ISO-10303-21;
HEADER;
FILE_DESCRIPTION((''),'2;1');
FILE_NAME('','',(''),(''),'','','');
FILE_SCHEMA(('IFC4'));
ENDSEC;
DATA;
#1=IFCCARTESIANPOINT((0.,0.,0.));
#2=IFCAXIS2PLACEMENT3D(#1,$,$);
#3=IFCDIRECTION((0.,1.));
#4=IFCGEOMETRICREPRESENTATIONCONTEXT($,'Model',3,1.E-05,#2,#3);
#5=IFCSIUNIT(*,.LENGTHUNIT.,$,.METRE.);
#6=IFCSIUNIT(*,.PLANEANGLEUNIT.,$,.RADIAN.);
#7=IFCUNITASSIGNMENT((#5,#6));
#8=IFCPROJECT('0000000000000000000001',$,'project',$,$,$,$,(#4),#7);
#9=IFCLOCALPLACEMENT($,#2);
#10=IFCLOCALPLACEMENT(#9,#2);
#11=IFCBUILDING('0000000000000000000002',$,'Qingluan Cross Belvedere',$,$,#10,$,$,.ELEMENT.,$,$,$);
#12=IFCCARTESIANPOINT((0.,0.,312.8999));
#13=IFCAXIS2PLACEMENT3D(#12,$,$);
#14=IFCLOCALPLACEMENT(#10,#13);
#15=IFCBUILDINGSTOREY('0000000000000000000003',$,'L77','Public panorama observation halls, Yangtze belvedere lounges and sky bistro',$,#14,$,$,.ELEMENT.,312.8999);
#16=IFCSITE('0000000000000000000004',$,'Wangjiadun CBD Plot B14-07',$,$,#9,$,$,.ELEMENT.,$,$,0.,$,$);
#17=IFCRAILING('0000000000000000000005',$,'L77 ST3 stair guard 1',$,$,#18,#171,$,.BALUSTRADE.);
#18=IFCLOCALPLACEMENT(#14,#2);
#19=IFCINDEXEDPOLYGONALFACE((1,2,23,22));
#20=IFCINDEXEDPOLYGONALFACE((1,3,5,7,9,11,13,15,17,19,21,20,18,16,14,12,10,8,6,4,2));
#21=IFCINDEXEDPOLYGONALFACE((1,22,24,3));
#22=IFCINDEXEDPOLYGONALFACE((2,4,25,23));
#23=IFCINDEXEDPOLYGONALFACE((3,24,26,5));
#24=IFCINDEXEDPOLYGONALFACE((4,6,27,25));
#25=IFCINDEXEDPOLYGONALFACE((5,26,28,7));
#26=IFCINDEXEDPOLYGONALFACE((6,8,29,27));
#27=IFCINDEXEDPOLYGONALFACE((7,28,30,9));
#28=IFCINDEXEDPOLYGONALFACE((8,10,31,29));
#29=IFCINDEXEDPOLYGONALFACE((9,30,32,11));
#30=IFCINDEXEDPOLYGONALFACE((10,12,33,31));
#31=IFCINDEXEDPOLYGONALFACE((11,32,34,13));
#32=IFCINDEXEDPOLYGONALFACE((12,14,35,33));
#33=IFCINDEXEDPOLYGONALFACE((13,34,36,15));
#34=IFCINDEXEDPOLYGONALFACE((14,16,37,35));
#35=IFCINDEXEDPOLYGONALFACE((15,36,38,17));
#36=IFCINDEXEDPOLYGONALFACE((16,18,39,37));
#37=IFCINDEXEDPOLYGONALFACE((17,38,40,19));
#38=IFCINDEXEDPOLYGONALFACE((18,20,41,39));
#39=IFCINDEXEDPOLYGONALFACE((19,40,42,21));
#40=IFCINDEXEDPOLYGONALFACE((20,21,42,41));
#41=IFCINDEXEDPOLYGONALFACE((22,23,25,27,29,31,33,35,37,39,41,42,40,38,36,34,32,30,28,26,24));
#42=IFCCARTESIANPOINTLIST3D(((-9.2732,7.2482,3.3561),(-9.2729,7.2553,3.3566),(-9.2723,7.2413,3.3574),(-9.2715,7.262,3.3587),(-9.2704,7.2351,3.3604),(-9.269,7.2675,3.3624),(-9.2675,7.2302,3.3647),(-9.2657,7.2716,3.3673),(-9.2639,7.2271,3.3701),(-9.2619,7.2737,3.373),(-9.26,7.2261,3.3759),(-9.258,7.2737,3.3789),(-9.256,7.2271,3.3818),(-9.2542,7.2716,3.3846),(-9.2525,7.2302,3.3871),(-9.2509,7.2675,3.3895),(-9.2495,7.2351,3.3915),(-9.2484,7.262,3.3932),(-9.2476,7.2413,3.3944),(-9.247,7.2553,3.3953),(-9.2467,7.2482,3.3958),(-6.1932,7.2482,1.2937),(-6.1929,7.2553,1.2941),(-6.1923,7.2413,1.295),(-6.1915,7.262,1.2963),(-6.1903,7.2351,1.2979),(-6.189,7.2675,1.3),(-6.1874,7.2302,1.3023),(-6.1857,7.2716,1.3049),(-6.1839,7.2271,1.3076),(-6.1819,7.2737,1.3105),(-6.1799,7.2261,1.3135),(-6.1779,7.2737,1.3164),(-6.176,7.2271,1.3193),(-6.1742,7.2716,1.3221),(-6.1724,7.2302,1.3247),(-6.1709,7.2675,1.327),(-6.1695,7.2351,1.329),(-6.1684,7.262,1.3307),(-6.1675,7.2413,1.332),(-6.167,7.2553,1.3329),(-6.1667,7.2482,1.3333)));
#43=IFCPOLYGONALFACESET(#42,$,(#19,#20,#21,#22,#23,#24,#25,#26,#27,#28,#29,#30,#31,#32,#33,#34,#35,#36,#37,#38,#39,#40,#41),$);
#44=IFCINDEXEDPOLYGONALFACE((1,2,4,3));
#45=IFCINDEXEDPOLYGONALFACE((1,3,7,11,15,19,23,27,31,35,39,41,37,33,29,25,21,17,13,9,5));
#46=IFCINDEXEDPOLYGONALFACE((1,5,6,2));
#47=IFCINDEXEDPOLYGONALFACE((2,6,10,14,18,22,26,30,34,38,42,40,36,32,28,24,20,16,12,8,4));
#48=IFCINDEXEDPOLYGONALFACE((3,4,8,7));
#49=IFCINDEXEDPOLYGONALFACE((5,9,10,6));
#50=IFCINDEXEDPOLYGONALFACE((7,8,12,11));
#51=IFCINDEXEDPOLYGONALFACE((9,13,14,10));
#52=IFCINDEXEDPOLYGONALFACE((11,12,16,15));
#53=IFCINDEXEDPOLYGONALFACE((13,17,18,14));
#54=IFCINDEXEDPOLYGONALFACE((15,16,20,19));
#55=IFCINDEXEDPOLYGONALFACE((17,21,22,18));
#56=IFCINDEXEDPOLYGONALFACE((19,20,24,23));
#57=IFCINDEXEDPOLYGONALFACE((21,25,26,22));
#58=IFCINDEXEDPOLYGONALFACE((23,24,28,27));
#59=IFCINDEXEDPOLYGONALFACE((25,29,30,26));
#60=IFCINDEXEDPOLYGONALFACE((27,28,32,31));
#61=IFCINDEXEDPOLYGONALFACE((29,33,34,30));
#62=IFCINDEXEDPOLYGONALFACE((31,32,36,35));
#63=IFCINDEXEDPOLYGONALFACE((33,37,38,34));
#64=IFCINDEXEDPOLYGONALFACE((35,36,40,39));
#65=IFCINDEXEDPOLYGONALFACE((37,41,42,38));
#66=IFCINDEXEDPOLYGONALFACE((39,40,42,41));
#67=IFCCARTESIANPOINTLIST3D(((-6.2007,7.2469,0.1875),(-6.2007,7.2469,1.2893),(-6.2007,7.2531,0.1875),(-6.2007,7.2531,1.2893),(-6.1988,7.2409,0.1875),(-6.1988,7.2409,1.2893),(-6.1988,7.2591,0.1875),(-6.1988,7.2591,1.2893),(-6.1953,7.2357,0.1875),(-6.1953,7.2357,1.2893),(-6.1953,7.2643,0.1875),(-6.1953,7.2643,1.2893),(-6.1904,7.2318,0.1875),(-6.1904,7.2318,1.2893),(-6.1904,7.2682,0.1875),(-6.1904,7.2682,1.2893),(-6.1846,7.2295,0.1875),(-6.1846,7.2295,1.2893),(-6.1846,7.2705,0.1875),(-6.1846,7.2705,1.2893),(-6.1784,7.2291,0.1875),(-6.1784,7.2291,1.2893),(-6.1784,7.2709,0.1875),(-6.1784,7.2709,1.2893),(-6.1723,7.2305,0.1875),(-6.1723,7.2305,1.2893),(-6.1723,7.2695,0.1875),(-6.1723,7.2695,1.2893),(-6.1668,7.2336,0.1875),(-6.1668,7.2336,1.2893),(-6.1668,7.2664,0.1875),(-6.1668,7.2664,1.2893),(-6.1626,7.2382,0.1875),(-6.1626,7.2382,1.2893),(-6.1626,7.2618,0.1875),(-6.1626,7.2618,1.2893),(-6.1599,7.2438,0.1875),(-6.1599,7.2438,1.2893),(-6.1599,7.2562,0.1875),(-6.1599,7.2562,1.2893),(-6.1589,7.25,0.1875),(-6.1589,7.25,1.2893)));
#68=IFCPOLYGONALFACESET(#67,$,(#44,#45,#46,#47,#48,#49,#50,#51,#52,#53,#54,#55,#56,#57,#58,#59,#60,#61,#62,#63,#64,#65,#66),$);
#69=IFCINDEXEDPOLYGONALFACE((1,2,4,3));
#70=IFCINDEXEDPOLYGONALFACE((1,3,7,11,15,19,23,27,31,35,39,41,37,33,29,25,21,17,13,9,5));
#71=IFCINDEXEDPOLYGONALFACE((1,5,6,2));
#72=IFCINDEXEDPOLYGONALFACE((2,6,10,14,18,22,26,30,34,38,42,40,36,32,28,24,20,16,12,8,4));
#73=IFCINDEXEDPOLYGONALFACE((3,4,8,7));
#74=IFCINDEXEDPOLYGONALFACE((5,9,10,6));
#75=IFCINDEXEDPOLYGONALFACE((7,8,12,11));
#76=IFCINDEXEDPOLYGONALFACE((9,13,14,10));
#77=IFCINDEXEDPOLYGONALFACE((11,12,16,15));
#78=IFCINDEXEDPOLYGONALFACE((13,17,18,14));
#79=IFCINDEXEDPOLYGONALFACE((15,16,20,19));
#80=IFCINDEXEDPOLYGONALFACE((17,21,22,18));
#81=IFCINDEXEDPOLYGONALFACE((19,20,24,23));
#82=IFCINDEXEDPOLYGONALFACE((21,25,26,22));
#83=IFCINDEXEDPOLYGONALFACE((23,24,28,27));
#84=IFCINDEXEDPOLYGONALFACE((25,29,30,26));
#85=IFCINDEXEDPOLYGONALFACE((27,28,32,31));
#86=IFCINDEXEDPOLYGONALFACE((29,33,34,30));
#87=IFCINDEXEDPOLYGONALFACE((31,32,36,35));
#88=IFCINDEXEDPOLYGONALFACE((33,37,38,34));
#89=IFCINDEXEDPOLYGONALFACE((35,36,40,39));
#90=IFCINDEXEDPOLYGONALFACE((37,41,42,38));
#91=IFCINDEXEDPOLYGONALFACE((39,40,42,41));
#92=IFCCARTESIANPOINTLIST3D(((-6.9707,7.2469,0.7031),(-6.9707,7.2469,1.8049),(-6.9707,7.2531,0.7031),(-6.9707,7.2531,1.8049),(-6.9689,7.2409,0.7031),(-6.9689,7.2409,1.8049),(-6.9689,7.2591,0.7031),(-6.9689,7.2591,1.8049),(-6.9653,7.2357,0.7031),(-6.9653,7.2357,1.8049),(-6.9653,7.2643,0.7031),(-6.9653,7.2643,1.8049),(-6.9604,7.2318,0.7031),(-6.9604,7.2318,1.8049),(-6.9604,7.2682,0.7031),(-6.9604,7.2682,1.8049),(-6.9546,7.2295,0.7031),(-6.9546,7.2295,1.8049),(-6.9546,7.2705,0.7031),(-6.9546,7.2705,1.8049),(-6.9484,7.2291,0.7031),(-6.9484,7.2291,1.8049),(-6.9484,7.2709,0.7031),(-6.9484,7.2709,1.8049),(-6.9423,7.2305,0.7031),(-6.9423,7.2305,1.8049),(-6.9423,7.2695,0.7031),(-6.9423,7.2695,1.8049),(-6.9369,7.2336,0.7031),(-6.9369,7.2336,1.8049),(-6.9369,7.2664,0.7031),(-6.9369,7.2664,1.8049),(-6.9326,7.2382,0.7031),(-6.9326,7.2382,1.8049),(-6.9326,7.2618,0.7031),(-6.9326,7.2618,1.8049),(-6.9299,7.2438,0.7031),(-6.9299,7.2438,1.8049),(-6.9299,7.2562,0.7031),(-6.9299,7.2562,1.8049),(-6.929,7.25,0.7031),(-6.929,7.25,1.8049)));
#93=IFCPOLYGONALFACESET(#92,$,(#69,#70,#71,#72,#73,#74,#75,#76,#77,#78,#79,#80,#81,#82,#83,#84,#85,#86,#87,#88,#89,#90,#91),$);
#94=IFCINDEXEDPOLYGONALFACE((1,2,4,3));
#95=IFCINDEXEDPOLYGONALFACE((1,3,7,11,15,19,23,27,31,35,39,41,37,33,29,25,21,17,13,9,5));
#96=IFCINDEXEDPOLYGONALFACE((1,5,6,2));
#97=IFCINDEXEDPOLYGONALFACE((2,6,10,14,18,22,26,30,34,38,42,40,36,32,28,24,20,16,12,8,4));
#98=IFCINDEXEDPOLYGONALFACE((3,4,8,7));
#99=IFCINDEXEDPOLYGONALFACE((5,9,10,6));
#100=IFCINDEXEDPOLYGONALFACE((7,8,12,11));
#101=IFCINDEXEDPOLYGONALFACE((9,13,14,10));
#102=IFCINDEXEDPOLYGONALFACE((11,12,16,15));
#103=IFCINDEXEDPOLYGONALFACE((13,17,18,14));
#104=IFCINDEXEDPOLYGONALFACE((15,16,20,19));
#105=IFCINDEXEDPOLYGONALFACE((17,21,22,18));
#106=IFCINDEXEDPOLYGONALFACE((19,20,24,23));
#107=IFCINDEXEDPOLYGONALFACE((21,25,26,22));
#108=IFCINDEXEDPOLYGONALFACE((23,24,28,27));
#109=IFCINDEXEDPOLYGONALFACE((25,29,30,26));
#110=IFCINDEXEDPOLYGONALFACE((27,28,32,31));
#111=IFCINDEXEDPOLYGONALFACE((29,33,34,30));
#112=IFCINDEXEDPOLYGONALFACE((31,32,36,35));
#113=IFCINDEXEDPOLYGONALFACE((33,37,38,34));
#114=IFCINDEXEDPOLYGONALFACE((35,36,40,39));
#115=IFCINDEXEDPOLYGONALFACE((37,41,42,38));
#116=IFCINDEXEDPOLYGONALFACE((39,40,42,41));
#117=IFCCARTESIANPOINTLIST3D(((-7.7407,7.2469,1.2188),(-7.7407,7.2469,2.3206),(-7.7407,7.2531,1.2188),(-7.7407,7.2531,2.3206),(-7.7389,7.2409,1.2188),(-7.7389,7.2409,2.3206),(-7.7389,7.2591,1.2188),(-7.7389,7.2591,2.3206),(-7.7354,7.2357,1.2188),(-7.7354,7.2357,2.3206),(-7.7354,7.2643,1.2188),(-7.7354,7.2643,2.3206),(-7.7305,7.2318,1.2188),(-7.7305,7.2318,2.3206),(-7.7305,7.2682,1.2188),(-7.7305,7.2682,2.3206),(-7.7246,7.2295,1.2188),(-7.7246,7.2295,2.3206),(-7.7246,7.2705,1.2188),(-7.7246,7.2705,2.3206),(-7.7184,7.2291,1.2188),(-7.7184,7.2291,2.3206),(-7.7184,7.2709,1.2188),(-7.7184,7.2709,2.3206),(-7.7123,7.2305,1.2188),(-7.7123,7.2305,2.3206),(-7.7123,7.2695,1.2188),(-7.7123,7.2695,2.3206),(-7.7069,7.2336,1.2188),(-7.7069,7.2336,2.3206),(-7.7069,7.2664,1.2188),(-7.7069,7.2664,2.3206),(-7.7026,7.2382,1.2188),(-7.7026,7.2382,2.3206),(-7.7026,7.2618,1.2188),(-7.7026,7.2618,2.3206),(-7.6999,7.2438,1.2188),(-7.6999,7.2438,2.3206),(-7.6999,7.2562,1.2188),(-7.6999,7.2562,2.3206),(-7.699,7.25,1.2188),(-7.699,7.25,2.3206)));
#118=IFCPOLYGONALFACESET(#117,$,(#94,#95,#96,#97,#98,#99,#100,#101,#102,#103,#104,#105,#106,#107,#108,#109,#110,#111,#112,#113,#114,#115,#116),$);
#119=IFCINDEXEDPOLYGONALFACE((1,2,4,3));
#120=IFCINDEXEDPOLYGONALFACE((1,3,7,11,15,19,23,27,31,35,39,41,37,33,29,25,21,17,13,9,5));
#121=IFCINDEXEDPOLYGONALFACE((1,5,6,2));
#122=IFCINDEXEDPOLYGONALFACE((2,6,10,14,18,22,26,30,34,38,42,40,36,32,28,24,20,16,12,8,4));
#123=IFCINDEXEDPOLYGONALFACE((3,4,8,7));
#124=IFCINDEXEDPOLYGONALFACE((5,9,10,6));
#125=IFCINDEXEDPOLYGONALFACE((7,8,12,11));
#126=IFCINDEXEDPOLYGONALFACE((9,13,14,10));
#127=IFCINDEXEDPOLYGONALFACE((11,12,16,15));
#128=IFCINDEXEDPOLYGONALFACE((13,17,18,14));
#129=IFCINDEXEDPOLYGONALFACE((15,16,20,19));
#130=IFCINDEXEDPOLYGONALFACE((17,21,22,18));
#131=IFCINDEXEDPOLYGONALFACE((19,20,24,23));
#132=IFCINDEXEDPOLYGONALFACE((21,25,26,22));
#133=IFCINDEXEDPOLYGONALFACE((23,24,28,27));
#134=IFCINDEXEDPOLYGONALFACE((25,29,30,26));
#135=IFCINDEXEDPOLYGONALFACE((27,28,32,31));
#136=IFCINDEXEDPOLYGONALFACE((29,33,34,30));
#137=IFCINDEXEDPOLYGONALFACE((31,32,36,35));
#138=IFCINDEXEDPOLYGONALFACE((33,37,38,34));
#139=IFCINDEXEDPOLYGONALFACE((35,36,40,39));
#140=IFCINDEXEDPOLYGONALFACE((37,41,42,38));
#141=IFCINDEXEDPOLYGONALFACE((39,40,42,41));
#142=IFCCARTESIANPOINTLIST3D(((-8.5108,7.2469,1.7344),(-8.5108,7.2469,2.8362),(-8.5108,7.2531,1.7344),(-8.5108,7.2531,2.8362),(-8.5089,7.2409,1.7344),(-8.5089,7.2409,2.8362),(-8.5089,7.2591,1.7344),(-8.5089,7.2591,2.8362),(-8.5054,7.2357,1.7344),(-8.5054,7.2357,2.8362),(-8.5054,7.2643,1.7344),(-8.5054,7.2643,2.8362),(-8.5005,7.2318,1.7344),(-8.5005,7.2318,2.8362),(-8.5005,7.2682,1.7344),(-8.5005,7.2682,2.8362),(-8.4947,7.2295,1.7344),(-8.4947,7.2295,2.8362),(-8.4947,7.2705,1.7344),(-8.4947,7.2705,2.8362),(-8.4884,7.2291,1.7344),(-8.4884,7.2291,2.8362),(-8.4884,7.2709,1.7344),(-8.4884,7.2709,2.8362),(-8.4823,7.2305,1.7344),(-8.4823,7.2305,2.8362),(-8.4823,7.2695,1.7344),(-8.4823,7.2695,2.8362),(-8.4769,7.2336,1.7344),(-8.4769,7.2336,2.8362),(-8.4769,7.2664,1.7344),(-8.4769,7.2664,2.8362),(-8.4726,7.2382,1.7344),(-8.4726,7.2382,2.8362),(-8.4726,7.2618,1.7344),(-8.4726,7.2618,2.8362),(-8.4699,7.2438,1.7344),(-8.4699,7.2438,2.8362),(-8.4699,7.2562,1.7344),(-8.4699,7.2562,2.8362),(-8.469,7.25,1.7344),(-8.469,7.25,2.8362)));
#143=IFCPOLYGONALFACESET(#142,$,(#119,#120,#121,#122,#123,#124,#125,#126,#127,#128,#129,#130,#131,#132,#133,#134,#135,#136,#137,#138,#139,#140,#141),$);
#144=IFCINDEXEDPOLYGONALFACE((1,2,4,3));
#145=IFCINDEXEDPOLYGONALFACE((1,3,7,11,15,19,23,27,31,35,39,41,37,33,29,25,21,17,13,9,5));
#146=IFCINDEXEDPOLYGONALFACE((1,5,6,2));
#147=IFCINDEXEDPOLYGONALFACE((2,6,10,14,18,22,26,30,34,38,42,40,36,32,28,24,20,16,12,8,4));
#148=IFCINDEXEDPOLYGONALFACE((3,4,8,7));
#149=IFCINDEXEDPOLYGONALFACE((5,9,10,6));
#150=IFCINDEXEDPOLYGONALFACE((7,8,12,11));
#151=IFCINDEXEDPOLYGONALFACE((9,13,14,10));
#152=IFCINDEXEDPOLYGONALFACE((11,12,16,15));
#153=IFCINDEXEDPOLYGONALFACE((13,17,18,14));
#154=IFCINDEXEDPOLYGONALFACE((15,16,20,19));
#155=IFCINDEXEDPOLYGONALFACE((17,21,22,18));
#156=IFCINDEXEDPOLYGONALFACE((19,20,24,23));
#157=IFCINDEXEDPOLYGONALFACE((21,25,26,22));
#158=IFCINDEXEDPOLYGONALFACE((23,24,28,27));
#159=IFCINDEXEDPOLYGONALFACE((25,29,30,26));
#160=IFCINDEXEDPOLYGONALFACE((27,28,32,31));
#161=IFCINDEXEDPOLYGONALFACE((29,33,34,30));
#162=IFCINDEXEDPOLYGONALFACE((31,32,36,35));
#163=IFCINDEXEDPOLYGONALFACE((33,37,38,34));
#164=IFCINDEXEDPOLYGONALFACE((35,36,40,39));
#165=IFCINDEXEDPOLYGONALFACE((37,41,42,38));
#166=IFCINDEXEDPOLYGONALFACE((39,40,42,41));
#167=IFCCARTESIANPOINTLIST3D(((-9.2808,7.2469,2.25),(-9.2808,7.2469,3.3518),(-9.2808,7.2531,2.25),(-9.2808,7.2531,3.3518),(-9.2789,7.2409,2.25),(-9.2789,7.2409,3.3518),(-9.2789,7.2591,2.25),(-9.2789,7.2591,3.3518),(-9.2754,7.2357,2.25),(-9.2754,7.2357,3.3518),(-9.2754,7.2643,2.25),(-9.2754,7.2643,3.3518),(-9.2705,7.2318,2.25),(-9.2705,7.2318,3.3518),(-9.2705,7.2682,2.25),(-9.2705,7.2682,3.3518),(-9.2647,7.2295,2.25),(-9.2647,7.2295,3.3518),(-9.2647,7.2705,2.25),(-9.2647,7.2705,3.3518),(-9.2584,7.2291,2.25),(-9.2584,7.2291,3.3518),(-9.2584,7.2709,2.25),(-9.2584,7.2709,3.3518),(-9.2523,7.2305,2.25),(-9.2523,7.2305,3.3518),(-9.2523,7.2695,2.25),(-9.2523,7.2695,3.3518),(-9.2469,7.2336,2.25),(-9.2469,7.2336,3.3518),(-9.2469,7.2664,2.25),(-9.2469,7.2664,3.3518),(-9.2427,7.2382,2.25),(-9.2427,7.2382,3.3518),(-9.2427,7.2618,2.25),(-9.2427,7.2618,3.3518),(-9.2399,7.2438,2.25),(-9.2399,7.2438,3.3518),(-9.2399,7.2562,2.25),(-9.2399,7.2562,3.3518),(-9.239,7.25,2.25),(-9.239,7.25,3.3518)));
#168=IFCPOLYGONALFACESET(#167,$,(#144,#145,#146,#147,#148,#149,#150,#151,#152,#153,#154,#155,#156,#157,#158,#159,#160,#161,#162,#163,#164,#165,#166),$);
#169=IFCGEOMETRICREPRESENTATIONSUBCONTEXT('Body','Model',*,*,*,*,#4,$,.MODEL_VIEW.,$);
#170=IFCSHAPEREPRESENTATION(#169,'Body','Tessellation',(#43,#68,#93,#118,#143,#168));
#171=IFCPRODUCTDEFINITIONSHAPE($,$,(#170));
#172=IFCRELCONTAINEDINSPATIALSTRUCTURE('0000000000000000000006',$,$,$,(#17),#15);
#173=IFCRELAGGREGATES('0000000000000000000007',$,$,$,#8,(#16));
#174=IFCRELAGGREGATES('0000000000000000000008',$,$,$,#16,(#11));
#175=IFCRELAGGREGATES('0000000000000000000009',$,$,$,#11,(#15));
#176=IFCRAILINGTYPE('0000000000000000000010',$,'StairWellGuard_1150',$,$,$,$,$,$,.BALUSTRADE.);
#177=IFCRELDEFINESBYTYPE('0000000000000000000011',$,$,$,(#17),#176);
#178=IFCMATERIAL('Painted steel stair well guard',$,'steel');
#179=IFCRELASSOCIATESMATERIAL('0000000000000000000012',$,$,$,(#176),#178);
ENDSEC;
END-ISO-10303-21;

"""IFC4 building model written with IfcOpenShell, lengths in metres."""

from ifc_helpers import new_model, si_unit, direction, frame, origin, origin_2d, place, context, subcontext, project, spatial, circle, extrude, material, type_object, element, save


model = new_model("IFC4")

# Units and contexts
model_context = context("Model", 3, precision=1e-05, world=origin(), true_north=direction((0.0, 1.0)))
body_context = subcontext(model_context, "Body", "Model", "MODEL_VIEW")
ifc_project = project(units=[si_unit("LENGTHUNIT", "METRE"), si_unit("PLANEANGLEUNIT", "RADIAN")], contexts=[model_context])

# Site, building, storey
site_placement = place(None, origin())
site = spatial("IfcSite", under=ifc_project, at=site_placement, Name="Wangjiadun CBD Plot B14-07", CompositionType="ELEMENT", RefElevation=0.0)
building_placement = place(site_placement, origin())
building = spatial("IfcBuilding", under=site, at=building_placement, Name="Qingluan Cross Belvedere", CompositionType="ELEMENT")
storey_placement = place(building_placement, frame((0.0, 0.0, 312.8999)))
storey = spatial("IfcBuildingStorey", under=building, at=storey_placement, Name="L77", Description="Public panorama observation halls, Yangtze belvedere lounges and sky bistro", CompositionType="ELEMENT", Elevation=312.8999)

# Railing
ifc_material_1 = material(Name="Painted steel stair well guard", Category="steel")
railing_type_1 = type_object("IfcRailingType", Name="StairWellGuard_1150", PredefinedType="BALUSTRADE", material=ifc_material_1)
railing_1_placement = place(storey_placement, frame((-6.1799, 7.25, 0.1875)))
element("IfcRailing", 1, at=railing_1_placement, inside=storey, type_object=railing_type_1, Name="L77 ST3 stair guard 1", PredefinedType="BALUSTRADE", context=body_context, shape_type="SweptSolid", body=[
    extrude(circle(Radius=0.0239, at=origin_2d()), frame((0.0, 0.0, 1.126), z_axis=(-0.830914, 0.0, 0.556401), x_axis=(0.0, -1.0, 0.0)), (0.0, 0.0, 1.0), 3.7068),
    extrude(circle(Radius=0.021, at=origin_2d()), origin(), (0.0, 0.0, 1.0), 1.1018),
    extrude(circle(Radius=0.021, at=origin_2d()), frame((-0.77, 0.0, 0.5156)), (0.0, 0.0, 1.0), 1.1018),
    extrude(circle(Radius=0.021, at=origin_2d()), frame((-1.54, 0.0, 1.0312)), (0.0, 0.0, 1.0), 1.1018),
    extrude(circle(Radius=0.021, at=origin_2d()), frame((-2.3101, 0.0, 1.5469)), (0.0, 0.0, 1.0), 1.1018),
    extrude(circle(Radius=0.021, at=origin_2d()), frame((-3.0801, 0.0, 2.0625)), (0.0, 0.0, 1.0), 1.1018),
])

save(model, "model.ifc")
